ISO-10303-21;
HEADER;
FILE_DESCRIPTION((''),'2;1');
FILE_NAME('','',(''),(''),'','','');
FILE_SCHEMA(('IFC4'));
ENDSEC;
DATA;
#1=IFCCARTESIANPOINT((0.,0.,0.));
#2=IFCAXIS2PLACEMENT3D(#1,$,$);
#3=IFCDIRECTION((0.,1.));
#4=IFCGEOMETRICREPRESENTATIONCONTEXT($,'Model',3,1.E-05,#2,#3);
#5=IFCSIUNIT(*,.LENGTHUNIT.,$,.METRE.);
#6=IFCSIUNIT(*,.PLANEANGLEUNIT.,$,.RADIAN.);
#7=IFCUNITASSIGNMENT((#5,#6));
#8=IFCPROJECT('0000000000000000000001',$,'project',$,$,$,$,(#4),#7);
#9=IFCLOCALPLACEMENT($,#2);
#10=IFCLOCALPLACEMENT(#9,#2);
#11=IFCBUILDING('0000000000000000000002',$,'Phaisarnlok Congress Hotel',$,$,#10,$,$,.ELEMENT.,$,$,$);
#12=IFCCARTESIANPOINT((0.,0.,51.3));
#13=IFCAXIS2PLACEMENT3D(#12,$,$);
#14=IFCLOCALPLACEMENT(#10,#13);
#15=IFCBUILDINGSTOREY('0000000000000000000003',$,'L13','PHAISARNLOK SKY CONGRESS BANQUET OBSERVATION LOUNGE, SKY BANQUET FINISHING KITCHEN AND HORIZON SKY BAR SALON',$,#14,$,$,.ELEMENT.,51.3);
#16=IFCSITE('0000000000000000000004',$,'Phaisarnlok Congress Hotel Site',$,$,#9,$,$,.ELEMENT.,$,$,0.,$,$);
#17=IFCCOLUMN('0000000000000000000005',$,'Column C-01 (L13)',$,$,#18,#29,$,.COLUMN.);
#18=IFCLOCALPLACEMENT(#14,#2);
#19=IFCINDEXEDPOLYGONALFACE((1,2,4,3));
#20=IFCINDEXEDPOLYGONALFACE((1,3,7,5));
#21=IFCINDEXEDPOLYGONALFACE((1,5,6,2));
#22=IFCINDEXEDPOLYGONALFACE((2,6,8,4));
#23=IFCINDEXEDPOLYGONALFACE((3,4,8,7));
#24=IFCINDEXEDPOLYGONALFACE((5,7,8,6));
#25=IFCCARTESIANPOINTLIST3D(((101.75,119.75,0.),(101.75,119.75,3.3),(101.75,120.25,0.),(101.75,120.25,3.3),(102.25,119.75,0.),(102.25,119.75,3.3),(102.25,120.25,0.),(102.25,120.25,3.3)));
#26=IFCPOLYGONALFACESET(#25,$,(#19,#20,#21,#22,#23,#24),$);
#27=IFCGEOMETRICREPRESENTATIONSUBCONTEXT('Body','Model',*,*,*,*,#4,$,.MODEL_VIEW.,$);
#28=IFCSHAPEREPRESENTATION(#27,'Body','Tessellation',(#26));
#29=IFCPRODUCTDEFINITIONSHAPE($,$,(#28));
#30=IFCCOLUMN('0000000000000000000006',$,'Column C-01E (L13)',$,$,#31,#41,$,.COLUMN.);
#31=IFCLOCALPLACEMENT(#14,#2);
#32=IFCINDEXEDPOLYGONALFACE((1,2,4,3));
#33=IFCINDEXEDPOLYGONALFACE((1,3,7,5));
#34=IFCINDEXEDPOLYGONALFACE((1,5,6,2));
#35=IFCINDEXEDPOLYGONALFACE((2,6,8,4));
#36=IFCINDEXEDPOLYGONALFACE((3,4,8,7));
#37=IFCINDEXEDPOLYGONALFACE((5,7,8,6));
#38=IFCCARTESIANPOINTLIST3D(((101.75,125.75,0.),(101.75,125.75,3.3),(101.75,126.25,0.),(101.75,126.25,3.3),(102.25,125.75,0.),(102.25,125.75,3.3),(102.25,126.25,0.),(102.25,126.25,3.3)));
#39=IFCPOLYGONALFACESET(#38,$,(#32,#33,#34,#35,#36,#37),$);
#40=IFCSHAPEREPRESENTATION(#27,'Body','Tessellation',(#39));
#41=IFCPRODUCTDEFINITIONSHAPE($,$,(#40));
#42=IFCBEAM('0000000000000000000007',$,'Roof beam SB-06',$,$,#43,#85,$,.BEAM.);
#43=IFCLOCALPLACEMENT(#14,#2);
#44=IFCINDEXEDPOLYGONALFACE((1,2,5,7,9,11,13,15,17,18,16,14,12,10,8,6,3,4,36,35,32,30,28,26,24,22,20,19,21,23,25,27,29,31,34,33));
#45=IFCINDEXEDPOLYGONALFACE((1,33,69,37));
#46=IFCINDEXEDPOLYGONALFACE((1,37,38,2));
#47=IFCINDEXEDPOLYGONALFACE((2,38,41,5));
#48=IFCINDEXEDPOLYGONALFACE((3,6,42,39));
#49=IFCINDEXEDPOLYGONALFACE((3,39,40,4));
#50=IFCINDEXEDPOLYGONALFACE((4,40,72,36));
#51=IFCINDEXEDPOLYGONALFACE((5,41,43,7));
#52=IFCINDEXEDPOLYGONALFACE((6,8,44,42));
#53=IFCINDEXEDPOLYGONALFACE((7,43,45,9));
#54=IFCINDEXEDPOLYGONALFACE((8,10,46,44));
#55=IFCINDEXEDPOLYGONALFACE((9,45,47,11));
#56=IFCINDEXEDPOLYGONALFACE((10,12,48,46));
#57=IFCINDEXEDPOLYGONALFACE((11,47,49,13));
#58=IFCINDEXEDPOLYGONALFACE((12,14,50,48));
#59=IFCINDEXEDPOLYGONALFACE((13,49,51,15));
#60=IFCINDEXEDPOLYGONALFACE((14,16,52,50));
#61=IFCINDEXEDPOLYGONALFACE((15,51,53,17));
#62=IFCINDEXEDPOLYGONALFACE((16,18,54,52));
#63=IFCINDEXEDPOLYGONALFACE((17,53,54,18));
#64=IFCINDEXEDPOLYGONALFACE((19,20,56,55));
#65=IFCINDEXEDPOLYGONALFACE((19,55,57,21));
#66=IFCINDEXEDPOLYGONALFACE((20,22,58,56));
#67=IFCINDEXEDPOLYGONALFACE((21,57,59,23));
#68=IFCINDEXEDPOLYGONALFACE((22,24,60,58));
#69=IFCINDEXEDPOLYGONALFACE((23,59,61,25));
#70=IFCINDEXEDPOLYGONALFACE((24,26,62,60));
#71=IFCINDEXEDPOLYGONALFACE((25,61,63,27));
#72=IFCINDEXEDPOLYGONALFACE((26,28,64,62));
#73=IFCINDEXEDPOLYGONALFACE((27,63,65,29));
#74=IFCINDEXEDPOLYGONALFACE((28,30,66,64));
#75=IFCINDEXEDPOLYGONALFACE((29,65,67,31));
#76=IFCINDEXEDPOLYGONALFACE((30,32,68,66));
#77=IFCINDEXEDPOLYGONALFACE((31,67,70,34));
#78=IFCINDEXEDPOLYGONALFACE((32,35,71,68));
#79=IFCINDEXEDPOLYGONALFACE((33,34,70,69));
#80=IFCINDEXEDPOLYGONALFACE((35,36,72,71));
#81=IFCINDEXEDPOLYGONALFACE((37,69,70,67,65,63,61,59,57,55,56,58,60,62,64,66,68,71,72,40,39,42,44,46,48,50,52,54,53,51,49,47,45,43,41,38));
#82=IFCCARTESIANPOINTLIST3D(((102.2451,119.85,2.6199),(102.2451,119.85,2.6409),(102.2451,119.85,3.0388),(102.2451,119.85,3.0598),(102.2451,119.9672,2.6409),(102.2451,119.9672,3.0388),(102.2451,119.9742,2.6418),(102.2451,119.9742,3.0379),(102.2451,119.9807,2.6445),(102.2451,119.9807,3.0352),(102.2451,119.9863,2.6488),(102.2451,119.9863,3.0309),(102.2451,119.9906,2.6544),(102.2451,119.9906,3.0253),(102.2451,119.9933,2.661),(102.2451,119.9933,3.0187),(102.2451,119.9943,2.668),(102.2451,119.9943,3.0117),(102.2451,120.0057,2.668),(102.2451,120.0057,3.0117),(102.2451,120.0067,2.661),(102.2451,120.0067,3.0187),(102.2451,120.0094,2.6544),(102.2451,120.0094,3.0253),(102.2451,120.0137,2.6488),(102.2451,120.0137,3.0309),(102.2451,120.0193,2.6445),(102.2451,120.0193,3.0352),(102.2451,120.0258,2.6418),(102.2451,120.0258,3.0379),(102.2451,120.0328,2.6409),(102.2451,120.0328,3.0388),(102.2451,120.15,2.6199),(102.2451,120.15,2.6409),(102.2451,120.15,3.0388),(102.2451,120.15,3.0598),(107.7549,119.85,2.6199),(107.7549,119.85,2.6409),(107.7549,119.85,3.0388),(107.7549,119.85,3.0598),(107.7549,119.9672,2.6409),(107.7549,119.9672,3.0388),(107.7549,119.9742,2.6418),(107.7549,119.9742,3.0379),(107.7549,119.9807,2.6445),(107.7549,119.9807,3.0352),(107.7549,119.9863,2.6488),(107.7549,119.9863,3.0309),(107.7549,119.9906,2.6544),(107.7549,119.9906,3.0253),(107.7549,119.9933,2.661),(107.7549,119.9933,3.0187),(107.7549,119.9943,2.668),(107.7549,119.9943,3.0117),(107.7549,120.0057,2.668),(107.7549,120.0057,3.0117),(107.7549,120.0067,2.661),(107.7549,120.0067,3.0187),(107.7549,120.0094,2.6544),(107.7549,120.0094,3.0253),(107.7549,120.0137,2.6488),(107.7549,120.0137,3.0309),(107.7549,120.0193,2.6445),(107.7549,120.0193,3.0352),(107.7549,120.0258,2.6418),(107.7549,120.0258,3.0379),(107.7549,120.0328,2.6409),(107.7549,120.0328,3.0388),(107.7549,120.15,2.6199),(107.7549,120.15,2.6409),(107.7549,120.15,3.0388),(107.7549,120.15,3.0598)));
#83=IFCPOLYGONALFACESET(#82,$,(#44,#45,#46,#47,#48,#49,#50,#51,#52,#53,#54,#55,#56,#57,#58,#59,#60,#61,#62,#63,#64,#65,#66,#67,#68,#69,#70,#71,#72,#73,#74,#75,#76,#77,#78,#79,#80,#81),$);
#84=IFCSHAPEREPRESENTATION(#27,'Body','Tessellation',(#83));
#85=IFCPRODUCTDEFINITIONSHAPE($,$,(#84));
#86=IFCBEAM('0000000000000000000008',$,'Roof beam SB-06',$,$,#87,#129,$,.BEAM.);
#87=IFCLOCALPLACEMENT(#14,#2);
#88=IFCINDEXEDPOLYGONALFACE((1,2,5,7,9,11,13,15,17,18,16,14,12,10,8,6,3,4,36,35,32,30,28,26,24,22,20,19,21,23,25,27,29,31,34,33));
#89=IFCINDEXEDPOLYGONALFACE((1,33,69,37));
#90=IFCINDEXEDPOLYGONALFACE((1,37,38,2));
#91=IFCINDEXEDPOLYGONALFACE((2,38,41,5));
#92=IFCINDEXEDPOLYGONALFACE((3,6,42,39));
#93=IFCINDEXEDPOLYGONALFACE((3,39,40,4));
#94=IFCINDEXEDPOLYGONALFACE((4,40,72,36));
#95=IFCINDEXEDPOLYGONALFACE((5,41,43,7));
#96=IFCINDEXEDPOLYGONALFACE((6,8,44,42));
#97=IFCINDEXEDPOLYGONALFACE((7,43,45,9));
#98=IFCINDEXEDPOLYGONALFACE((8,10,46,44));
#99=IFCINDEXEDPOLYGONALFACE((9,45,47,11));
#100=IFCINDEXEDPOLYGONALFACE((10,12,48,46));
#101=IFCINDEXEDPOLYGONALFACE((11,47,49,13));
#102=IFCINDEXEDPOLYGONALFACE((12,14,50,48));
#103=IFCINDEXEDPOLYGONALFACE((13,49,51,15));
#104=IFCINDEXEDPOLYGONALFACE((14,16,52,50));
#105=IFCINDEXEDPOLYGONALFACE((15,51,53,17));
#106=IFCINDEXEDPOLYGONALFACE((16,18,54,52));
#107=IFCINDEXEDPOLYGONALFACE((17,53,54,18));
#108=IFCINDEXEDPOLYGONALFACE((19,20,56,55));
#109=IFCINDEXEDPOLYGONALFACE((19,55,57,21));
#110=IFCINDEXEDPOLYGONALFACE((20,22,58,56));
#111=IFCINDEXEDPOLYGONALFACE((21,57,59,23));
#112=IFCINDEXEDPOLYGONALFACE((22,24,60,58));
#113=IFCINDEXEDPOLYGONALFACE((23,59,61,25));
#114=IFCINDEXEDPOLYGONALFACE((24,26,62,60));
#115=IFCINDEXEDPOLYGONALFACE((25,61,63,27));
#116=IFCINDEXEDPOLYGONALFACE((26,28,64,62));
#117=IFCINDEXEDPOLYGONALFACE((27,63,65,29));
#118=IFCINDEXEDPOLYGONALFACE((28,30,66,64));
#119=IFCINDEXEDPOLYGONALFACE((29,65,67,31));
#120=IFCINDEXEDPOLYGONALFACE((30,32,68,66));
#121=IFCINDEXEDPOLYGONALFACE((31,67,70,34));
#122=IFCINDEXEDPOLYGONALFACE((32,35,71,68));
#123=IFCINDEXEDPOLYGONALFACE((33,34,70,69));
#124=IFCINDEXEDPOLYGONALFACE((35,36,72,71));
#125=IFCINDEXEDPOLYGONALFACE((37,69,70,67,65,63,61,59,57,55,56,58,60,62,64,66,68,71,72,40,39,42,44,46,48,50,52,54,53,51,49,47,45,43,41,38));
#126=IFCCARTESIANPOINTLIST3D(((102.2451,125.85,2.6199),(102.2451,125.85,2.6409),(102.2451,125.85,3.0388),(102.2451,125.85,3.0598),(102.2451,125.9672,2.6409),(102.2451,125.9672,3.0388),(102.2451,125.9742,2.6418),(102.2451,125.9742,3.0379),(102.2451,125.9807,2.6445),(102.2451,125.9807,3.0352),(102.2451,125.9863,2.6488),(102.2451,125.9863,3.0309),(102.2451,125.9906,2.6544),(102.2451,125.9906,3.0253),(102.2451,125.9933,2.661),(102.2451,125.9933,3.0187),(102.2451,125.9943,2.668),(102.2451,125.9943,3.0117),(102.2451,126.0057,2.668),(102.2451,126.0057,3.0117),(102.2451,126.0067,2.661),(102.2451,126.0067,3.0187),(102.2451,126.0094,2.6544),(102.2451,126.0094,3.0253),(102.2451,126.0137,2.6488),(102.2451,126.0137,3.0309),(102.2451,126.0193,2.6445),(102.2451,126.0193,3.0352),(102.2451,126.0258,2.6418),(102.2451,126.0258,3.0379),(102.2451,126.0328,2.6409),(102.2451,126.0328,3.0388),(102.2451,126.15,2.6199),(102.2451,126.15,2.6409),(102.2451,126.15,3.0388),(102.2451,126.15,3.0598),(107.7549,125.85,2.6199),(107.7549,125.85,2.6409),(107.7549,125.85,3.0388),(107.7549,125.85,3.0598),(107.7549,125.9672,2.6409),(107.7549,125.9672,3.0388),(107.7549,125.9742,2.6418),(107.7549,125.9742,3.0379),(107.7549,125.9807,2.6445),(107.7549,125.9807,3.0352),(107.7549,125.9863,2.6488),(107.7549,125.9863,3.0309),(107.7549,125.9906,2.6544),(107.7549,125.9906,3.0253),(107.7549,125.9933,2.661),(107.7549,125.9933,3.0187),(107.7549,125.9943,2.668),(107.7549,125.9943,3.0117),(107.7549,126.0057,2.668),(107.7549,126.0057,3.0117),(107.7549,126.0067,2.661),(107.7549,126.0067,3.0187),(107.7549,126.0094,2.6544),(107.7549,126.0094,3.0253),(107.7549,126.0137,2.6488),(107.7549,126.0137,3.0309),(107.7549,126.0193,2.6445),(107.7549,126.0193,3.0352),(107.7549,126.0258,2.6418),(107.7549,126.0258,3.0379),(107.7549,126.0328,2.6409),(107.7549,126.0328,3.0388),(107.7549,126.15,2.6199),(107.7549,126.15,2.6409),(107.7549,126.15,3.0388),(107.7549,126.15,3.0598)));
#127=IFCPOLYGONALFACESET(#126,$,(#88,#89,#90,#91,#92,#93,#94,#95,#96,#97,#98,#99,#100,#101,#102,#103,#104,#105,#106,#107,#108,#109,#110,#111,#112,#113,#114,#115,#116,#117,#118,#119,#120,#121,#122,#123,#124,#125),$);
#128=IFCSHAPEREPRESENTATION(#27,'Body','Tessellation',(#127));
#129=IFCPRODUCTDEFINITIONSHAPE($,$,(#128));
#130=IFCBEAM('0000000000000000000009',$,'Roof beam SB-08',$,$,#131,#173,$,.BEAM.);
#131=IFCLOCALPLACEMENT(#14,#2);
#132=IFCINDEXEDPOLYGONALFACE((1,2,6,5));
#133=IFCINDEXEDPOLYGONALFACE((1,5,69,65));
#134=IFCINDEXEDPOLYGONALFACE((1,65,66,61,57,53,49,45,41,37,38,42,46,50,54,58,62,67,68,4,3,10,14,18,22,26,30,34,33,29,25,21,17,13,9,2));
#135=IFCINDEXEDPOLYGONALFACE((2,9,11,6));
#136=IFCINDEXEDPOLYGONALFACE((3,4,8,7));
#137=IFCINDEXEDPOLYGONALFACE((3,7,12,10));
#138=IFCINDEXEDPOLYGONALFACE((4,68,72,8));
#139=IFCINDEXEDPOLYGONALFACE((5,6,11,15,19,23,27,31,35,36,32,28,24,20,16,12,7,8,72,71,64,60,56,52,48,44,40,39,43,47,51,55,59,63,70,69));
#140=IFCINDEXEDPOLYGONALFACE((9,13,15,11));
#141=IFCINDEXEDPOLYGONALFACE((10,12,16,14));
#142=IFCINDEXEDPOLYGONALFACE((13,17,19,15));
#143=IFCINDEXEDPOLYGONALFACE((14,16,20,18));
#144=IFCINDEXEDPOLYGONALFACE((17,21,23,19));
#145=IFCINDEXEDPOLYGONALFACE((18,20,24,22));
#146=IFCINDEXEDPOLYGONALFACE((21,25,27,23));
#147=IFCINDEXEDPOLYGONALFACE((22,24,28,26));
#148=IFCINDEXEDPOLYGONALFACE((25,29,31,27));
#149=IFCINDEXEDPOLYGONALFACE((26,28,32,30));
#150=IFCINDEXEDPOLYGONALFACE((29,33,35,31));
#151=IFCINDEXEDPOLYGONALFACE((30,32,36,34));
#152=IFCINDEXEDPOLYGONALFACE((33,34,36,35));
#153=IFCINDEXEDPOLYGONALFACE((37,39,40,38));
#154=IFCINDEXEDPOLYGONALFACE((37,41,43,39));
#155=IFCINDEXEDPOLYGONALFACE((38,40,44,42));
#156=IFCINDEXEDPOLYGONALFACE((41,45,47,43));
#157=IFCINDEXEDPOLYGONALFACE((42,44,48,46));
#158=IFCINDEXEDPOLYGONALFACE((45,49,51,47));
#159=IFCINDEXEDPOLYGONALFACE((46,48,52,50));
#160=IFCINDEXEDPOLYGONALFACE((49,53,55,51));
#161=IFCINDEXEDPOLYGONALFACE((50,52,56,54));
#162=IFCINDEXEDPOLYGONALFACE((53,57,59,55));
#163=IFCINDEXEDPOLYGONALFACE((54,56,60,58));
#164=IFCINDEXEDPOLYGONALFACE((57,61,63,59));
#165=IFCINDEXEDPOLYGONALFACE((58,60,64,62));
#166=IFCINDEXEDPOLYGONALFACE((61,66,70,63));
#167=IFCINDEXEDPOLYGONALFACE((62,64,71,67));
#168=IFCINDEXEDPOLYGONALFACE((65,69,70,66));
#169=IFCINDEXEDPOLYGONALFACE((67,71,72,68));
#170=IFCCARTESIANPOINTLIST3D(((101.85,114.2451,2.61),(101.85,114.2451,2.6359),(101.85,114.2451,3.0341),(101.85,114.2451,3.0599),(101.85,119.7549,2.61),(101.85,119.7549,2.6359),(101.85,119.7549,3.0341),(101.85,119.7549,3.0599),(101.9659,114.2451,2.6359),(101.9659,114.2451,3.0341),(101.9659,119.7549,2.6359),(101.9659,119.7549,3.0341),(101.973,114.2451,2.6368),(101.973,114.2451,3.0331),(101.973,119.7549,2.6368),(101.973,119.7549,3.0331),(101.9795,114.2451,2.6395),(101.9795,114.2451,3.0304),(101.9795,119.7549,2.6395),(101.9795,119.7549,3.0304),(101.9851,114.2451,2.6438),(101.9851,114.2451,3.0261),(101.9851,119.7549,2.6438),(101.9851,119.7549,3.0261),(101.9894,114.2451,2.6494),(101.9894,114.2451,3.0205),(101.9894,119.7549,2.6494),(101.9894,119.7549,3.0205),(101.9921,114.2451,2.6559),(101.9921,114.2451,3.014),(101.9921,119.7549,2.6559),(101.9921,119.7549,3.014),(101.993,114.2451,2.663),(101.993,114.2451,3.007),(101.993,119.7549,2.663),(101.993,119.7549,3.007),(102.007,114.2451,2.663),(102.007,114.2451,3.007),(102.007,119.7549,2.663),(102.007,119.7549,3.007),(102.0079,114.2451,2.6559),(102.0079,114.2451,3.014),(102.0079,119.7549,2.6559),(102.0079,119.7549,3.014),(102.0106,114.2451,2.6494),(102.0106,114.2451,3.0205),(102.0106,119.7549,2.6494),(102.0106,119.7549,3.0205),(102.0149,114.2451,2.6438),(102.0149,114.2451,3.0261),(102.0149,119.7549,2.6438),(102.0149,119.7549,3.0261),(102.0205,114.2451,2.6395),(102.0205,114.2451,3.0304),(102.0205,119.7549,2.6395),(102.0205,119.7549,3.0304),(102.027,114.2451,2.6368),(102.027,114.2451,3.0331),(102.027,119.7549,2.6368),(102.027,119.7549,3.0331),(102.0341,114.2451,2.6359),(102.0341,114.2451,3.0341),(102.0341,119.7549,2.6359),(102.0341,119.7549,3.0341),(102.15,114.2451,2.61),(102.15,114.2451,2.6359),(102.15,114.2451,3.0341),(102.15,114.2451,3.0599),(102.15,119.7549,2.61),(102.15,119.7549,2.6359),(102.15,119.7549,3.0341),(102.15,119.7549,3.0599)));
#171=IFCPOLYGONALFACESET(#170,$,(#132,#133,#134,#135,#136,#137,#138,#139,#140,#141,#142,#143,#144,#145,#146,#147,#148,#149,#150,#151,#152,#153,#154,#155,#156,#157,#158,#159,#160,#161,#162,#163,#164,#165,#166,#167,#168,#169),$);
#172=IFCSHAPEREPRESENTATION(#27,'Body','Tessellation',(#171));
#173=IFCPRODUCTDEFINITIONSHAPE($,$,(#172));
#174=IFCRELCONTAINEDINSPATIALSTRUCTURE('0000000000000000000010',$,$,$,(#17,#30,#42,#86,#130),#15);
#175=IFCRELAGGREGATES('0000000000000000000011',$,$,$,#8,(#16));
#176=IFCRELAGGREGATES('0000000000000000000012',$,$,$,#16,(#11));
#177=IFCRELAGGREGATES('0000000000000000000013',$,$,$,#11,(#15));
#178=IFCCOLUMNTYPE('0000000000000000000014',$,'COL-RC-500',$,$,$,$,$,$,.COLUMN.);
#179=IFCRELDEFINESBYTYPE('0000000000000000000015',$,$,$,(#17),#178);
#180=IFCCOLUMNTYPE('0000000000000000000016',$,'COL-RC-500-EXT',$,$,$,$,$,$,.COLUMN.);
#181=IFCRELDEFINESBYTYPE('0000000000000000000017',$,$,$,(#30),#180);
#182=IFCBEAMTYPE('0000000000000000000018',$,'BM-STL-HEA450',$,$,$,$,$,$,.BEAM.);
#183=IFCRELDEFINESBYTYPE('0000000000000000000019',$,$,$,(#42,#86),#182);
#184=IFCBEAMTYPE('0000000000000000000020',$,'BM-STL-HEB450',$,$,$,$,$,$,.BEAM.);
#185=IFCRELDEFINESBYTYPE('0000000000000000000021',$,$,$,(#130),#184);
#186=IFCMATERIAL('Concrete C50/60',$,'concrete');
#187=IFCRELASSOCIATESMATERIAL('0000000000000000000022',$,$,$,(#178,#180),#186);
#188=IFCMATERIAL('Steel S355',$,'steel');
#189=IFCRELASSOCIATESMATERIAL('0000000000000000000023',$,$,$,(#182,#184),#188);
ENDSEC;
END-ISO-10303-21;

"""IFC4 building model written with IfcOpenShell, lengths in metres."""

from ifc_helpers import new_model, si_unit, direction, frame, origin, origin_2d, place, context, subcontext, project, spatial, rectangle, i_section, extrude, material, material_profile, profile_set, type_object, element, save


model = new_model("IFC4")

# Units and contexts
model_context = context("Model", 3, precision=1e-05, world=origin(), true_north=direction((0.0, 1.0)))
body_context = subcontext(model_context, "Body", "Model", "MODEL_VIEW")
ifc_project = project(units=[si_unit("LENGTHUNIT", "METRE"), si_unit("PLANEANGLEUNIT", "RADIAN")], contexts=[model_context])

# Site, building, storey
site_placement = place(None, origin())
site = spatial("IfcSite", under=ifc_project, at=site_placement, Name="Phaisarnlok Congress Hotel Site", CompositionType="ELEMENT", RefElevation=0.0)
building_placement = place(site_placement, origin())
building = spatial("IfcBuilding", under=site, at=building_placement, Name="Phaisarnlok Congress Hotel", CompositionType="ELEMENT")
storey_placement = place(building_placement, frame((0.0, 0.0, 51.3)))
storey = spatial("IfcBuildingStorey", under=building, at=storey_placement, Name="L13", Description="PHAISARNLOK SKY CONGRESS BANQUET OBSERVATION LOUNGE, SKY BANQUET FINISHING KITCHEN AND HORIZON SKY BAR SALON", CompositionType="ELEMENT", Elevation=51.3)

# Columns
ifc_material_1 = material(Name="Concrete C50/60", Category="concrete")
ifc_material_profile_1 = material_profile(ifc_material_1, rectangle(XDim=0.5, YDim=0.5, at=origin_2d()), Name="RC 500x500")
ifc_profile_set_1 = profile_set([ifc_material_profile_1], Name="Concrete C50/60")
column_type_1 = type_object("IfcColumnType", Name="COL-RC-500", PredefinedType="COLUMN", material=ifc_profile_set_1)
column_1_placement = place(storey_placement, frame((102.0, 120.0, 0.0), z_axis=(0.0, 0.0, 1.0), x_axis=(1.0, 0.0, 0.0)))
element("IfcColumn", 1, at=column_1_placement, inside=storey, type_object=column_type_1, Name="Column C-01 (L13)", PredefinedType="COLUMN", context=body_context, shape_type="SweptSolid", body=[
    extrude(rectangle(XDim=0.5, YDim=0.5, at=origin_2d()), origin(), (0.0, 0.0, 1.0), 3.3),
])
ifc_material_profile_2 = material_profile(ifc_material_1, rectangle(XDim=0.5, YDim=0.5, at=origin_2d()), Name="RC 500x500")
ifc_profile_set_2 = profile_set([ifc_material_profile_2], Name="Concrete C50/60")
column_type_2 = type_object("IfcColumnType", Name="COL-RC-500-EXT", PredefinedType="COLUMN", material=ifc_profile_set_2)
column_2_placement = place(storey_placement, frame((102.0, 126.0, 0.0), z_axis=(0.0, 0.0, 1.0), x_axis=(1.0, 0.0, 0.0)))
element("IfcColumn", 2, at=column_2_placement, inside=storey, type_object=column_type_2, Name="Column C-01E (L13)", PredefinedType="COLUMN", context=body_context, shape_type="SweptSolid", body=[
    extrude(rectangle(XDim=0.5, YDim=0.5, at=origin_2d()), origin(), (0.0, 0.0, 1.0), 3.3),
])

# Beams
ifc_material_2 = material(Name="Steel S355", Category="steel")
ifc_material_profile_3 = material_profile(ifc_material_2, i_section(OverallWidth=0.3, OverallDepth=0.4399, WebThickness=0.0115, FlangeThickness=0.021, FilletRadius=0.0271, at=origin_2d()), Name="HEA 450")
ifc_profile_set_3 = profile_set([ifc_material_profile_3], Name="Steel S355")
beam_type_1 = type_object("IfcBeamType", Name="BM-STL-HEA450", PredefinedType="BEAM", material=ifc_profile_set_3)
for number, where, z_axis, x_axis, name in (
    (3, (102.2451, 120.0, 2.8398), (1.0, 0.0, 0.0), (0.0, 1.0, 0.0), "Roof beam SB-06"),
    (4, (102.2451, 126.0, 2.8398), (1.0, 0.0, 0.0), (0.0, 1.0, 0.0), "Roof beam SB-06"),
):
    element("IfcBeam", number, at=place(storey_placement, frame(where, z_axis=z_axis, x_axis=x_axis)), inside=storey, type_object=beam_type_1, Name=name, PredefinedType="BEAM", context=body_context, shape_type="SweptSolid", body=[
        extrude(i_section(OverallWidth=0.3, OverallDepth=0.4399, WebThickness=0.0115, FlangeThickness=0.021, FilletRadius=0.0271, at=origin_2d()), origin(), (0.0, 0.0, 1.0), 5.5098),
    ])
ifc_material_profile_4 = material_profile(ifc_material_2, i_section(OverallWidth=0.3, OverallDepth=0.45, WebThickness=0.0139, FlangeThickness=0.0259, FilletRadius=0.0271, at=origin_2d()), Name="HEB 450")
ifc_profile_set_4 = profile_set([ifc_material_profile_4], Name="Steel S355")
beam_type_2 = type_object("IfcBeamType", Name="BM-STL-HEB450", PredefinedType="BEAM", material=ifc_profile_set_4)
for number, where, z_axis, x_axis, name in (
    (5, (102.0, 114.2451, 2.835), (0.0, 1.0, 0.0), (-1.0, 0.0, 0.0), "Roof beam SB-08"),
):
    element("IfcBeam", number, at=place(storey_placement, frame(where, z_axis=z_axis, x_axis=x_axis)), inside=storey, type_object=beam_type_2, Name=name, PredefinedType="BEAM", context=body_context, shape_type="SweptSolid", body=[
        extrude(i_section(OverallWidth=0.3, OverallDepth=0.45, WebThickness=0.0139, FlangeThickness=0.0259, FilletRadius=0.0271, at=origin_2d()), origin(), (0.0, 0.0, 1.0), 5.5098),
    ])

save(model, "model.ifc")
